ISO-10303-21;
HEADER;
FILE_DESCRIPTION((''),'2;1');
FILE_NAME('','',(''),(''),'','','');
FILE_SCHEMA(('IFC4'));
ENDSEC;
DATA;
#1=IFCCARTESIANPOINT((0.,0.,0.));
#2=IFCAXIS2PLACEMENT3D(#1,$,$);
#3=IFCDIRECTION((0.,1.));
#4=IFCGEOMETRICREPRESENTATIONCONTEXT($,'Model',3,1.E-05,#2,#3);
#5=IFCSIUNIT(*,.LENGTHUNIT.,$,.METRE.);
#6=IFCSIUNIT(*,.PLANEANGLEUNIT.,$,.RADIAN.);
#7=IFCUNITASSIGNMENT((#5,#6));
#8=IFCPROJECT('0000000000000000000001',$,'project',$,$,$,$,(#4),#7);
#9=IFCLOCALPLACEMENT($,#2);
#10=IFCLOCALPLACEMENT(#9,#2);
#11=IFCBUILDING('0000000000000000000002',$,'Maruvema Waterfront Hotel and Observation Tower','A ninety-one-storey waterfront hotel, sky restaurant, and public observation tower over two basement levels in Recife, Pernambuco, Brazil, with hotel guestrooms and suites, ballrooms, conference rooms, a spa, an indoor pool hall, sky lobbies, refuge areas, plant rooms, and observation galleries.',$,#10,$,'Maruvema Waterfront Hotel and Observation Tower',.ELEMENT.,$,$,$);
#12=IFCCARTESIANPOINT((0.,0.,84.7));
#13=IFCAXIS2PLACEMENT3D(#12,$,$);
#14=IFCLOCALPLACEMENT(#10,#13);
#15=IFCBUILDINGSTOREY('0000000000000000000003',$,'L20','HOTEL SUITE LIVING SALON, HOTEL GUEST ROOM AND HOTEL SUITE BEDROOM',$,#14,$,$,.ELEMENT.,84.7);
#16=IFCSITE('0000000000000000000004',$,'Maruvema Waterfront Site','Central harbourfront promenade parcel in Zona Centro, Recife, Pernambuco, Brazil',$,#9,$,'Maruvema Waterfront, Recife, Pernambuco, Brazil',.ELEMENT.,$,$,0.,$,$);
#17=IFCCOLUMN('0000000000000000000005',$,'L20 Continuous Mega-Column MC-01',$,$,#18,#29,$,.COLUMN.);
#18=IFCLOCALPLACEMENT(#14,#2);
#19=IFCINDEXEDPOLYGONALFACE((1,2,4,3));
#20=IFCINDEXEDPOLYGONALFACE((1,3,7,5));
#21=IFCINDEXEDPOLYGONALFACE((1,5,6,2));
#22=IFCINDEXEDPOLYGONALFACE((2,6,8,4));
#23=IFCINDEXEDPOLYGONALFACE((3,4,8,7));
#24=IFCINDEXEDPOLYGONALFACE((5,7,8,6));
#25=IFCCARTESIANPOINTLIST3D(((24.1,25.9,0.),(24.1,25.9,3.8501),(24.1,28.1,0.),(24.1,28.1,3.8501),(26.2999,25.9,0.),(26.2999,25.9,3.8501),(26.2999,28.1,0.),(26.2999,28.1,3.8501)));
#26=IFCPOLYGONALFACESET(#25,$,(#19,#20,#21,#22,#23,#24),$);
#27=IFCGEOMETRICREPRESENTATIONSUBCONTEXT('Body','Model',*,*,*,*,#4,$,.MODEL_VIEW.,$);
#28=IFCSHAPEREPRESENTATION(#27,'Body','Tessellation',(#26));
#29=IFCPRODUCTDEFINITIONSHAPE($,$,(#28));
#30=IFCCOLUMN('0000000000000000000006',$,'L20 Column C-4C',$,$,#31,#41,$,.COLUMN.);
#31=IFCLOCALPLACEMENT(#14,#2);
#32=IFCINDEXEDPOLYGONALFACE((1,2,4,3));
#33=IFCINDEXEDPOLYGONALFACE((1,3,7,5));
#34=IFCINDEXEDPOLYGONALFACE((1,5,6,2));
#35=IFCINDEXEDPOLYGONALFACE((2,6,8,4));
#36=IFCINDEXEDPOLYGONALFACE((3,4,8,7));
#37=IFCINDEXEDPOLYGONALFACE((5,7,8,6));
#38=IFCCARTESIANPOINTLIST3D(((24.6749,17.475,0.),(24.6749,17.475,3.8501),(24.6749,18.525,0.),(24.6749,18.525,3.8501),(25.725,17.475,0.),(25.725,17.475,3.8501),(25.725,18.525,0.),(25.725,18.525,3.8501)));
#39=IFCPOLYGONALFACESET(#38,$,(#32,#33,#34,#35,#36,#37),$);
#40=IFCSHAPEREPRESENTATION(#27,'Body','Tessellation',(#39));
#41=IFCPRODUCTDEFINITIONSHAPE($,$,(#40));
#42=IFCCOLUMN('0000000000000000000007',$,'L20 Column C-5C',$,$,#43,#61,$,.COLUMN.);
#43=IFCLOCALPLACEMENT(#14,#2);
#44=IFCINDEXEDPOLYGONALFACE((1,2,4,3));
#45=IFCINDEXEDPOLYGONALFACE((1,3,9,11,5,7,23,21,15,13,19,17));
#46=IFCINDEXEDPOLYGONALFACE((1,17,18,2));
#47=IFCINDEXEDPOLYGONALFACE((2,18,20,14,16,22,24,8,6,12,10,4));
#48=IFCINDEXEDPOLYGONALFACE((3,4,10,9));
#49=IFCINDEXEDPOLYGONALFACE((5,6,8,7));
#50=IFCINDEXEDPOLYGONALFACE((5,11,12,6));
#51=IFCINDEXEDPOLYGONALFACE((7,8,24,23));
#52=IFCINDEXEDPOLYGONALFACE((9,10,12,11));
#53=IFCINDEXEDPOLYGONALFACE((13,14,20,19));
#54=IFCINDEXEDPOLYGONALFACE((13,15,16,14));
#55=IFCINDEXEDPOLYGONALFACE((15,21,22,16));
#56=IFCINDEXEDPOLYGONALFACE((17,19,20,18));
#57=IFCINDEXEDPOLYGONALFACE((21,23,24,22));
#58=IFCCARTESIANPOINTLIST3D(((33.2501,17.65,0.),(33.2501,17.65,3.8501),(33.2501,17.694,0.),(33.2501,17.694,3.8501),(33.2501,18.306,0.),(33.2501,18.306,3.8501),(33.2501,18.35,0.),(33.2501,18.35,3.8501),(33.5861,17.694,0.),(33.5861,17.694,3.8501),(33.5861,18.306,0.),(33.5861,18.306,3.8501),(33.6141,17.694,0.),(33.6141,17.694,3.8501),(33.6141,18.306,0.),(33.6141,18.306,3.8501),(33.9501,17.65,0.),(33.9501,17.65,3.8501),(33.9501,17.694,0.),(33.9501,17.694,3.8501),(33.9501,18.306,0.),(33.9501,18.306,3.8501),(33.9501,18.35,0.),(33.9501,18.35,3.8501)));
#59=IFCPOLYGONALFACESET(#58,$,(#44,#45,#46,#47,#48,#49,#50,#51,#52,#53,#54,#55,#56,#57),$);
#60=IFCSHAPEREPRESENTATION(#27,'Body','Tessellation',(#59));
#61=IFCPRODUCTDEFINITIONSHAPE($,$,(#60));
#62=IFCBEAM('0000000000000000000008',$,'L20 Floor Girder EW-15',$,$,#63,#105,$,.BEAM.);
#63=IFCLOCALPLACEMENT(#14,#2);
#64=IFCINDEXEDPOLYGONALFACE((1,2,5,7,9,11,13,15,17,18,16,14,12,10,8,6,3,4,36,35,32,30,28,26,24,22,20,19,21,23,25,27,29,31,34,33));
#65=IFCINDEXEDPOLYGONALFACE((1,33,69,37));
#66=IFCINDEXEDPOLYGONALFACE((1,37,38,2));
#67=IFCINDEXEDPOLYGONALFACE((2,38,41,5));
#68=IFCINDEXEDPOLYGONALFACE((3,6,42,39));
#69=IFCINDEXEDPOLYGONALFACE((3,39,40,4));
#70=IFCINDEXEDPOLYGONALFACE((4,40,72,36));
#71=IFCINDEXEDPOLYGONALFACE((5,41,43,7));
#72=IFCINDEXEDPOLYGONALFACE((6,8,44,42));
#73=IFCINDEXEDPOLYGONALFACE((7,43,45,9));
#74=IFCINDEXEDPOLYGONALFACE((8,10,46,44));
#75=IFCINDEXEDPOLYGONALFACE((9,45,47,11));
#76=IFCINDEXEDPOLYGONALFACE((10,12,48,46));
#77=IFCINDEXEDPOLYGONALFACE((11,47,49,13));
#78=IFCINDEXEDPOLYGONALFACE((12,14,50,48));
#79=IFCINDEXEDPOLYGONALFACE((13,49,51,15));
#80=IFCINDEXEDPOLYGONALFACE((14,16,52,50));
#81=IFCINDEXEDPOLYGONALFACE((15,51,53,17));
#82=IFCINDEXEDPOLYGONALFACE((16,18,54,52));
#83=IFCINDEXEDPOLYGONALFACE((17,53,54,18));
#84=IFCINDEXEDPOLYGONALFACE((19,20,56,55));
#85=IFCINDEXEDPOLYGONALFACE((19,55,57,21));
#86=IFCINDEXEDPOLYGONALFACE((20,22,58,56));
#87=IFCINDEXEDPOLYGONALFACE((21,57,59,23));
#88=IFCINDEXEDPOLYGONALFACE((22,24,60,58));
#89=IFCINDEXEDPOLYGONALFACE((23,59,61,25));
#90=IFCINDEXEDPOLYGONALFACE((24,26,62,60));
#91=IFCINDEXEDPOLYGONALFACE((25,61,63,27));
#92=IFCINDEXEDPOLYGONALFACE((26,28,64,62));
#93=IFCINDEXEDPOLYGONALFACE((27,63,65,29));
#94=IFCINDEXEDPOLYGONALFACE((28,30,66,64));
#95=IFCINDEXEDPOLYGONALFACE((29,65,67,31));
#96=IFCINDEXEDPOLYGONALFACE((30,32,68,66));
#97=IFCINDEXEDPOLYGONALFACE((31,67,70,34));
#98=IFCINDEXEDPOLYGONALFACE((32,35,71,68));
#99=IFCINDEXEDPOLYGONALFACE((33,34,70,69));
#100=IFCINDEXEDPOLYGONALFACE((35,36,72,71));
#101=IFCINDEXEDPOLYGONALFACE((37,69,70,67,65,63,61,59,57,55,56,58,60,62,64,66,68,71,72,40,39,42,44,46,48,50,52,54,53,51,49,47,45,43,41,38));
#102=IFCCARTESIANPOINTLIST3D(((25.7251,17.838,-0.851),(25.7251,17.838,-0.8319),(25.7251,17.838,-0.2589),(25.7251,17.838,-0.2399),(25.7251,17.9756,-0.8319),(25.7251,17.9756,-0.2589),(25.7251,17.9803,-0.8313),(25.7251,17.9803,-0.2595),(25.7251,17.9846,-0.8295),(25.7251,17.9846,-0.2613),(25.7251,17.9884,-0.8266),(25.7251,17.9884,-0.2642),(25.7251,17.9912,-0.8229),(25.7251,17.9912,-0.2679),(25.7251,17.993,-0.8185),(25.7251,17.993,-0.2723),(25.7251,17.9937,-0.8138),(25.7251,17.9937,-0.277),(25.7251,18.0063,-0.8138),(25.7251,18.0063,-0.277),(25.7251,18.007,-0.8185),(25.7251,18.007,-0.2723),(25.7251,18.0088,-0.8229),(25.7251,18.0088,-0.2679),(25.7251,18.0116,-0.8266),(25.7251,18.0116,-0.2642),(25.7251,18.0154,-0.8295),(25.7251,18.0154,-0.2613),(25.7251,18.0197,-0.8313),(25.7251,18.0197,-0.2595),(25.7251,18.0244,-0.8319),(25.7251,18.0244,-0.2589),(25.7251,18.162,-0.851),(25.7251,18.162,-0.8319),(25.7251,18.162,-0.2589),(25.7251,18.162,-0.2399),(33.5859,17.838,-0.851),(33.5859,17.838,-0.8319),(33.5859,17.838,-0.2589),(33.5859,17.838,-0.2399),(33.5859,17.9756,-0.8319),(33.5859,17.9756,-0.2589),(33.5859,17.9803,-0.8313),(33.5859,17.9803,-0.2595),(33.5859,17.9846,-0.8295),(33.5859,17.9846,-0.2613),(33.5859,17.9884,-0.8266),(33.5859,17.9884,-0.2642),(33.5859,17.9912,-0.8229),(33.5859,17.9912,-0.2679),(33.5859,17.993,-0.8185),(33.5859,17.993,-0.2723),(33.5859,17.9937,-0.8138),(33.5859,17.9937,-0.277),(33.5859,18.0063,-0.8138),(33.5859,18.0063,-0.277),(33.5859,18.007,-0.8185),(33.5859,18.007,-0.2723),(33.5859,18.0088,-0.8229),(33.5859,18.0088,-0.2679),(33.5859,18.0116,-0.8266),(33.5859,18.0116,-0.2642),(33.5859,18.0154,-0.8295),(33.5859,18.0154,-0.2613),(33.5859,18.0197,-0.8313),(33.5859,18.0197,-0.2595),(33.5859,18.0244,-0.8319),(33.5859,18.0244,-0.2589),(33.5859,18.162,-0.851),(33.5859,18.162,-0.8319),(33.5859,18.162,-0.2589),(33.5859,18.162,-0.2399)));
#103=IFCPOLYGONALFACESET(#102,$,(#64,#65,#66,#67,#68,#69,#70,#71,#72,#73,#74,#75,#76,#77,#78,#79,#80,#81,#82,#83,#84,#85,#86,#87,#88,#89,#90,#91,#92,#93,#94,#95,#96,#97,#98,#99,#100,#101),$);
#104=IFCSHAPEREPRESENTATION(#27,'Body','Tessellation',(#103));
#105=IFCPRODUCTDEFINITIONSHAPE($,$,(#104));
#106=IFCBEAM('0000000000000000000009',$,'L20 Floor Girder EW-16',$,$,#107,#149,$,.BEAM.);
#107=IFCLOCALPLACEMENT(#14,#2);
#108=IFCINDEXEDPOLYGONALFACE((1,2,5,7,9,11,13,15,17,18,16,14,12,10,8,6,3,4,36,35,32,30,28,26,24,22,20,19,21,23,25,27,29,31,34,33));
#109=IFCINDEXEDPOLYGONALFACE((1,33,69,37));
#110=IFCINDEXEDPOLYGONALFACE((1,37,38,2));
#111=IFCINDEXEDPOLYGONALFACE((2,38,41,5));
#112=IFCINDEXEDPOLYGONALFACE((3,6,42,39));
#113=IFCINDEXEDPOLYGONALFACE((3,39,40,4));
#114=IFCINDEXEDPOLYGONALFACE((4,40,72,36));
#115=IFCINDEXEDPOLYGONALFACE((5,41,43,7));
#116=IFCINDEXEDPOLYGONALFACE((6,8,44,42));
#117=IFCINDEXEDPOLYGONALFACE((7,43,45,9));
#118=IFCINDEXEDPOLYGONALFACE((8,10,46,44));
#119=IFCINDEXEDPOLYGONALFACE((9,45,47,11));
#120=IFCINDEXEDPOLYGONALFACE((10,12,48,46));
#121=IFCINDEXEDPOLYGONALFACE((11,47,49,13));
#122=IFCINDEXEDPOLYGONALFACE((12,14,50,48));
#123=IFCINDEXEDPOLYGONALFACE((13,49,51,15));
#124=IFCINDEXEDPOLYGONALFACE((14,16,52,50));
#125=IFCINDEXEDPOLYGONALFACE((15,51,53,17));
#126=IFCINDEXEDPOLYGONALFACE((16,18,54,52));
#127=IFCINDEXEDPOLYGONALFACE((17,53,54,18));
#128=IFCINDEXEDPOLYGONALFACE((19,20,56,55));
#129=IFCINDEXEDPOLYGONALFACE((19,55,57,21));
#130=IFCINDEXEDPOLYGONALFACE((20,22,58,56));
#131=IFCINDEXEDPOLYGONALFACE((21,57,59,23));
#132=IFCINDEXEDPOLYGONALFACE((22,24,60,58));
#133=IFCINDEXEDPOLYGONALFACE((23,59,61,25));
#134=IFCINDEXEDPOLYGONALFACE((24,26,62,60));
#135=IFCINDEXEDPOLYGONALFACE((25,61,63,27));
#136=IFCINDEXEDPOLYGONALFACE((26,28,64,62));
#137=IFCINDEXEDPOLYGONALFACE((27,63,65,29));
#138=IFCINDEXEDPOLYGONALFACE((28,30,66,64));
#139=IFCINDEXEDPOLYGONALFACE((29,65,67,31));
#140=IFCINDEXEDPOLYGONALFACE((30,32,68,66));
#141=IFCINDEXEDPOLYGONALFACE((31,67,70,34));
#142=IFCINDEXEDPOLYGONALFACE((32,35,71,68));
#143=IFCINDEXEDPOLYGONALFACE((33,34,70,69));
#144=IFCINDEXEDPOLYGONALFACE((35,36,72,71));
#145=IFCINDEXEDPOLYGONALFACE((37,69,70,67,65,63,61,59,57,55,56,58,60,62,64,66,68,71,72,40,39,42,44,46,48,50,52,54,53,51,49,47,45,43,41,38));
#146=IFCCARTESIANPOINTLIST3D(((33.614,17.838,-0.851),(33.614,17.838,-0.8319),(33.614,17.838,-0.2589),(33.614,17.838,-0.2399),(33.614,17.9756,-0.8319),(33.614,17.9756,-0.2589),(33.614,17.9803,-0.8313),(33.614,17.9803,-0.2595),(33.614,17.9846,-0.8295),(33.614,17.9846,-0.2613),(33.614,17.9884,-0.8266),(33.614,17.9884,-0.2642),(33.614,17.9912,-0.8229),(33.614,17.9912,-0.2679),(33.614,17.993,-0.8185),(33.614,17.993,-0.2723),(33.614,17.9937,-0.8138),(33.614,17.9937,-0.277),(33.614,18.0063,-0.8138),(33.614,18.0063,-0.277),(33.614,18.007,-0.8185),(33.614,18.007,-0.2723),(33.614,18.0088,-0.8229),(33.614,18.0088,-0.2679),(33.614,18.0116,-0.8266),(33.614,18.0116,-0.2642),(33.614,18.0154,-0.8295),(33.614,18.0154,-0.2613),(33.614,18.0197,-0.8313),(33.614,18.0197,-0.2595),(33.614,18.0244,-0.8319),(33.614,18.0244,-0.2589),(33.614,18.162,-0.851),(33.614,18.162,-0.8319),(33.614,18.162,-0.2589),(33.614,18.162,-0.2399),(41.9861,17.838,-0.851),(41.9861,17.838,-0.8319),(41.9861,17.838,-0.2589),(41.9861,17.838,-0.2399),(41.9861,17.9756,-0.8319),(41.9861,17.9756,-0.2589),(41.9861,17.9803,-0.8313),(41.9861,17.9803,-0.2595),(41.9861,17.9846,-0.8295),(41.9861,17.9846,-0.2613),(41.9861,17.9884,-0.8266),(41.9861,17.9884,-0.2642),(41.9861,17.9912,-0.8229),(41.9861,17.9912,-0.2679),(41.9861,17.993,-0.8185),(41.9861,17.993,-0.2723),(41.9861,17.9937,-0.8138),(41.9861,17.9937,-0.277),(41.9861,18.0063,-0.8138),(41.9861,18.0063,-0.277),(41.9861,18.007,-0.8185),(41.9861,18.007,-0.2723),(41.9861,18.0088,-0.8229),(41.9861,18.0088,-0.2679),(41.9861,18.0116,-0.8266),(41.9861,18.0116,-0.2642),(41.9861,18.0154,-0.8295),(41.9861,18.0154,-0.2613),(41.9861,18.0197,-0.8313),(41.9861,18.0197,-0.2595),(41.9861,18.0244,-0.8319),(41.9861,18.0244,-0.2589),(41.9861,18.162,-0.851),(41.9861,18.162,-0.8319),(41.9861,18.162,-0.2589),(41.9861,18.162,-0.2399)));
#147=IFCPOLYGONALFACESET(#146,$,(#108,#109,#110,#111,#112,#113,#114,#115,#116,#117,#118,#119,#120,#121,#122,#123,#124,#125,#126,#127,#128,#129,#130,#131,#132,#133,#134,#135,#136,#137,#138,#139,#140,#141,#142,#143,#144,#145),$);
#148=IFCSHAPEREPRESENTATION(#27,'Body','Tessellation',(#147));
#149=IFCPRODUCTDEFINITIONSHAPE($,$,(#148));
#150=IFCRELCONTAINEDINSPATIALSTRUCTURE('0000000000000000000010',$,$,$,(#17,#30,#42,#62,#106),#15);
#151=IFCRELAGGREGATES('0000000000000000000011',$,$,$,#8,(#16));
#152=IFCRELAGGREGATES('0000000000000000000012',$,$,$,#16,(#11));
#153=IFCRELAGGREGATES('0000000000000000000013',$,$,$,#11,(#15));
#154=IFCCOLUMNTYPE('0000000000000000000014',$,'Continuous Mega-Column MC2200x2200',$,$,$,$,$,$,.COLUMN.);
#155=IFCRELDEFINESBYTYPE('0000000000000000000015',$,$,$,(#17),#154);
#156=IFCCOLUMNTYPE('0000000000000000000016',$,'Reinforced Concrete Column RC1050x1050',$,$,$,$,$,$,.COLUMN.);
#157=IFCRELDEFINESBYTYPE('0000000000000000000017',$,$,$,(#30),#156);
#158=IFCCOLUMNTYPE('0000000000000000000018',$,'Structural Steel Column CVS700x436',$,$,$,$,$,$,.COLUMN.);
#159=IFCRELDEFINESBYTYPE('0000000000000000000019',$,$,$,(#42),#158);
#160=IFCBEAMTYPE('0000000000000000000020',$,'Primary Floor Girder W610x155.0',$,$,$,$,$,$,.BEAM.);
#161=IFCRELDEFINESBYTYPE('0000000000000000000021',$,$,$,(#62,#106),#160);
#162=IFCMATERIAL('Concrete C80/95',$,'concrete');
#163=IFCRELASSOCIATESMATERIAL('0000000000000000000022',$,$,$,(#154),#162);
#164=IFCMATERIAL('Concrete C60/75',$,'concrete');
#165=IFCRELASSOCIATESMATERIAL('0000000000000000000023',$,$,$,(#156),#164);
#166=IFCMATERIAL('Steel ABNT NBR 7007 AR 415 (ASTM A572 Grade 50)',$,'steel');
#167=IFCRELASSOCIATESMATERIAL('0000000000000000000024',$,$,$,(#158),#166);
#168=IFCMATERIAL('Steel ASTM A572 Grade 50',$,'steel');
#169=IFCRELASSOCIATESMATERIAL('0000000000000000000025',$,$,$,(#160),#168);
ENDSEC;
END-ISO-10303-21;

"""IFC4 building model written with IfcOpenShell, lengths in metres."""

from ifc_helpers import new_model, si_unit, direction, frame, origin, origin_2d, place, context, subcontext, project, spatial, rectangle, i_section, extrude, material, material_profile, profile_set, type_object, element, save


model = new_model("IFC4")

# Units and contexts
model_context = context("Model", 3, precision=1e-05, world=origin(), true_north=direction((0.0, 1.0)))
body_context = subcontext(model_context, "Body", "Model", "MODEL_VIEW")
ifc_project = project(units=[si_unit("LENGTHUNIT", "METRE"), si_unit("PLANEANGLEUNIT", "RADIAN")], contexts=[model_context])

# Site, building, storey
site_placement = place(None, origin())
site = spatial("IfcSite", under=ifc_project, at=site_placement, Name="Maruvema Waterfront Site", Description="Central harbourfront promenade parcel in Zona Centro, Recife, Pernambuco, Brazil", LongName="Maruvema Waterfront, Recife, Pernambuco, Brazil", CompositionType="ELEMENT", RefElevation=0.0)
building_placement = place(site_placement, origin())
building = spatial("IfcBuilding", under=site, at=building_placement, Name="Maruvema Waterfront Hotel and Observation Tower", Description="A ninety-one-storey waterfront hotel, sky restaurant, and public observation tower over two basement levels in Recife, Pernambuco, Brazil, with hotel guestrooms and suites, ballrooms, conference rooms, a spa, an indoor pool hall, sky lobbies, refuge areas, plant rooms, and observation galleries.", LongName="Maruvema Waterfront Hotel and Observation Tower", CompositionType="ELEMENT")
storey_placement = place(building_placement, frame((0.0, 0.0, 84.7)))
storey = spatial("IfcBuildingStorey", under=building, at=storey_placement, Name="L20", Description="HOTEL SUITE LIVING SALON, HOTEL GUEST ROOM AND HOTEL SUITE BEDROOM", CompositionType="ELEMENT", Elevation=84.7)

# Columns
ifc_material_1 = material(Name="Concrete C80/95", Category="concrete")
ifc_material_profile_1 = material_profile(ifc_material_1, rectangle(XDim=2.2, YDim=2.2, at=origin_2d()), Name="MC2200x2200")
ifc_profile_set_1 = profile_set([ifc_material_profile_1], Name="Concrete C80/95")
column_type_1 = type_object("IfcColumnType", Name="Continuous Mega-Column MC2200x2200", PredefinedType="COLUMN", material=ifc_profile_set_1)
column_1_placement = place(storey_placement, frame((25.2, 27.0, 0.0), z_axis=(0.0, 0.0, 1.0), x_axis=(1.0, 0.0, 0.0)))
element("IfcColumn", 1, at=column_1_placement, inside=storey, type_object=column_type_1, Name="L20 Continuous Mega-Column MC-01", PredefinedType="COLUMN", context=body_context, shape_type="SweptSolid", body=[
    extrude(rectangle(XDim=2.2, YDim=2.2, at=origin_2d()), origin(), (0.0, 0.0, 1.0), 3.8501),
])
ifc_material_2 = material(Name="Concrete C60/75", Category="concrete")
ifc_material_profile_2 = material_profile(ifc_material_2, rectangle(XDim=1.05, YDim=1.05, at=origin_2d()), Name="RC1050x1050")
ifc_profile_set_2 = profile_set([ifc_material_profile_2], Name="Concrete C60/75")
column_type_2 = type_object("IfcColumnType", Name="Reinforced Concrete Column RC1050x1050", PredefinedType="COLUMN", material=ifc_profile_set_2)
column_2_placement = place(storey_placement, frame((25.2, 18.0, 0.0), z_axis=(0.0, 0.0, 1.0), x_axis=(1.0, 0.0, 0.0)))
element("IfcColumn", 2, at=column_2_placement, inside=storey, type_object=column_type_2, Name="L20 Column C-4C", PredefinedType="COLUMN", context=body_context, shape_type="SweptSolid", body=[
    extrude(rectangle(XDim=1.05, YDim=1.05, at=origin_2d()), origin(), (0.0, 0.0, 1.0), 3.8501),
])
ifc_material_3 = material(Name="Steel ABNT NBR 7007 AR 415 (ASTM A572 Grade 50)", Category="steel")
ifc_material_profile_3 = material_profile(ifc_material_3, i_section(OverallWidth=0.7, OverallDepth=0.7, WebThickness=0.0281, FlangeThickness=0.0439, at=origin_2d()), Name="CVS700x436")
ifc_profile_set_3 = profile_set([ifc_material_profile_3], Name="Steel ABNT NBR 7007 AR 415 (ASTM A572 Grade 50)")
column_type_3 = type_object("IfcColumnType", Name="Structural Steel Column CVS700x436", PredefinedType="COLUMN", material=ifc_profile_set_3)
column_3_placement = place(storey_placement, frame((33.6001, 18.0, 0.0), z_axis=(0.0, 0.0, 1.0), x_axis=(1.0, 0.0, 0.0)))
element("IfcColumn", 3, at=column_3_placement, inside=storey, type_object=column_type_3, Name="L20 Column C-5C", PredefinedType="COLUMN", context=body_context, shape_type="SweptSolid", body=[
    extrude(i_section(OverallWidth=0.7, OverallDepth=0.7, WebThickness=0.0281, FlangeThickness=0.0439, at=origin_2d()), origin(), (0.0, 0.0, 1.0), 3.8501),
])

# Beams
ifc_material_4 = material(Name="Steel ASTM A572 Grade 50", Category="steel")
ifc_material_profile_4 = material_profile(ifc_material_4, i_section(OverallWidth=0.324, OverallDepth=0.6111, WebThickness=0.0127, FlangeThickness=0.019, FilletRadius=0.0181, at=origin_2d()), Name="W610x155.0")
ifc_profile_set_4 = profile_set([ifc_material_profile_4], Name="Steel ASTM A572 Grade 50")
beam_type_1 = type_object("IfcBeamType", Name="Primary Floor Girder W610x155.0", PredefinedType="BEAM", material=ifc_profile_set_4)
beam_1_placement = place(storey_placement, frame((25.7251, 18.0, -0.5454), z_axis=(1.0, 0.0, 0.0), x_axis=(0.0, 1.0, 0.0)))
element("IfcBeam", 4, at=beam_1_placement, inside=storey, type_object=beam_type_1, Name="L20 Floor Girder EW-15", PredefinedType="BEAM", context=body_context, shape_type="SweptSolid", body=[
    extrude(i_section(OverallWidth=0.324, OverallDepth=0.6111, WebThickness=0.0127, FlangeThickness=0.019, FilletRadius=0.0181, at=origin_2d()), origin(), (0.0, 0.0, 1.0), 7.8608),
])
beam_2_placement = place(storey_placement, frame((33.614, 18.0, -0.5454), z_axis=(1.0, 0.0, 0.0), x_axis=(0.0, 1.0, 0.0)))
element("IfcBeam", 5, at=beam_2_placement, inside=storey, type_object=beam_type_1, Name="L20 Floor Girder EW-16", PredefinedType="BEAM", context=body_context, shape_type="SweptSolid", body=[
    extrude(i_section(OverallWidth=0.324, OverallDepth=0.6111, WebThickness=0.0127, FlangeThickness=0.019, FilletRadius=0.0181, at=origin_2d()), origin(), (0.0, 0.0, 1.0), 8.3721),
])

save(model, "model.ifc")
